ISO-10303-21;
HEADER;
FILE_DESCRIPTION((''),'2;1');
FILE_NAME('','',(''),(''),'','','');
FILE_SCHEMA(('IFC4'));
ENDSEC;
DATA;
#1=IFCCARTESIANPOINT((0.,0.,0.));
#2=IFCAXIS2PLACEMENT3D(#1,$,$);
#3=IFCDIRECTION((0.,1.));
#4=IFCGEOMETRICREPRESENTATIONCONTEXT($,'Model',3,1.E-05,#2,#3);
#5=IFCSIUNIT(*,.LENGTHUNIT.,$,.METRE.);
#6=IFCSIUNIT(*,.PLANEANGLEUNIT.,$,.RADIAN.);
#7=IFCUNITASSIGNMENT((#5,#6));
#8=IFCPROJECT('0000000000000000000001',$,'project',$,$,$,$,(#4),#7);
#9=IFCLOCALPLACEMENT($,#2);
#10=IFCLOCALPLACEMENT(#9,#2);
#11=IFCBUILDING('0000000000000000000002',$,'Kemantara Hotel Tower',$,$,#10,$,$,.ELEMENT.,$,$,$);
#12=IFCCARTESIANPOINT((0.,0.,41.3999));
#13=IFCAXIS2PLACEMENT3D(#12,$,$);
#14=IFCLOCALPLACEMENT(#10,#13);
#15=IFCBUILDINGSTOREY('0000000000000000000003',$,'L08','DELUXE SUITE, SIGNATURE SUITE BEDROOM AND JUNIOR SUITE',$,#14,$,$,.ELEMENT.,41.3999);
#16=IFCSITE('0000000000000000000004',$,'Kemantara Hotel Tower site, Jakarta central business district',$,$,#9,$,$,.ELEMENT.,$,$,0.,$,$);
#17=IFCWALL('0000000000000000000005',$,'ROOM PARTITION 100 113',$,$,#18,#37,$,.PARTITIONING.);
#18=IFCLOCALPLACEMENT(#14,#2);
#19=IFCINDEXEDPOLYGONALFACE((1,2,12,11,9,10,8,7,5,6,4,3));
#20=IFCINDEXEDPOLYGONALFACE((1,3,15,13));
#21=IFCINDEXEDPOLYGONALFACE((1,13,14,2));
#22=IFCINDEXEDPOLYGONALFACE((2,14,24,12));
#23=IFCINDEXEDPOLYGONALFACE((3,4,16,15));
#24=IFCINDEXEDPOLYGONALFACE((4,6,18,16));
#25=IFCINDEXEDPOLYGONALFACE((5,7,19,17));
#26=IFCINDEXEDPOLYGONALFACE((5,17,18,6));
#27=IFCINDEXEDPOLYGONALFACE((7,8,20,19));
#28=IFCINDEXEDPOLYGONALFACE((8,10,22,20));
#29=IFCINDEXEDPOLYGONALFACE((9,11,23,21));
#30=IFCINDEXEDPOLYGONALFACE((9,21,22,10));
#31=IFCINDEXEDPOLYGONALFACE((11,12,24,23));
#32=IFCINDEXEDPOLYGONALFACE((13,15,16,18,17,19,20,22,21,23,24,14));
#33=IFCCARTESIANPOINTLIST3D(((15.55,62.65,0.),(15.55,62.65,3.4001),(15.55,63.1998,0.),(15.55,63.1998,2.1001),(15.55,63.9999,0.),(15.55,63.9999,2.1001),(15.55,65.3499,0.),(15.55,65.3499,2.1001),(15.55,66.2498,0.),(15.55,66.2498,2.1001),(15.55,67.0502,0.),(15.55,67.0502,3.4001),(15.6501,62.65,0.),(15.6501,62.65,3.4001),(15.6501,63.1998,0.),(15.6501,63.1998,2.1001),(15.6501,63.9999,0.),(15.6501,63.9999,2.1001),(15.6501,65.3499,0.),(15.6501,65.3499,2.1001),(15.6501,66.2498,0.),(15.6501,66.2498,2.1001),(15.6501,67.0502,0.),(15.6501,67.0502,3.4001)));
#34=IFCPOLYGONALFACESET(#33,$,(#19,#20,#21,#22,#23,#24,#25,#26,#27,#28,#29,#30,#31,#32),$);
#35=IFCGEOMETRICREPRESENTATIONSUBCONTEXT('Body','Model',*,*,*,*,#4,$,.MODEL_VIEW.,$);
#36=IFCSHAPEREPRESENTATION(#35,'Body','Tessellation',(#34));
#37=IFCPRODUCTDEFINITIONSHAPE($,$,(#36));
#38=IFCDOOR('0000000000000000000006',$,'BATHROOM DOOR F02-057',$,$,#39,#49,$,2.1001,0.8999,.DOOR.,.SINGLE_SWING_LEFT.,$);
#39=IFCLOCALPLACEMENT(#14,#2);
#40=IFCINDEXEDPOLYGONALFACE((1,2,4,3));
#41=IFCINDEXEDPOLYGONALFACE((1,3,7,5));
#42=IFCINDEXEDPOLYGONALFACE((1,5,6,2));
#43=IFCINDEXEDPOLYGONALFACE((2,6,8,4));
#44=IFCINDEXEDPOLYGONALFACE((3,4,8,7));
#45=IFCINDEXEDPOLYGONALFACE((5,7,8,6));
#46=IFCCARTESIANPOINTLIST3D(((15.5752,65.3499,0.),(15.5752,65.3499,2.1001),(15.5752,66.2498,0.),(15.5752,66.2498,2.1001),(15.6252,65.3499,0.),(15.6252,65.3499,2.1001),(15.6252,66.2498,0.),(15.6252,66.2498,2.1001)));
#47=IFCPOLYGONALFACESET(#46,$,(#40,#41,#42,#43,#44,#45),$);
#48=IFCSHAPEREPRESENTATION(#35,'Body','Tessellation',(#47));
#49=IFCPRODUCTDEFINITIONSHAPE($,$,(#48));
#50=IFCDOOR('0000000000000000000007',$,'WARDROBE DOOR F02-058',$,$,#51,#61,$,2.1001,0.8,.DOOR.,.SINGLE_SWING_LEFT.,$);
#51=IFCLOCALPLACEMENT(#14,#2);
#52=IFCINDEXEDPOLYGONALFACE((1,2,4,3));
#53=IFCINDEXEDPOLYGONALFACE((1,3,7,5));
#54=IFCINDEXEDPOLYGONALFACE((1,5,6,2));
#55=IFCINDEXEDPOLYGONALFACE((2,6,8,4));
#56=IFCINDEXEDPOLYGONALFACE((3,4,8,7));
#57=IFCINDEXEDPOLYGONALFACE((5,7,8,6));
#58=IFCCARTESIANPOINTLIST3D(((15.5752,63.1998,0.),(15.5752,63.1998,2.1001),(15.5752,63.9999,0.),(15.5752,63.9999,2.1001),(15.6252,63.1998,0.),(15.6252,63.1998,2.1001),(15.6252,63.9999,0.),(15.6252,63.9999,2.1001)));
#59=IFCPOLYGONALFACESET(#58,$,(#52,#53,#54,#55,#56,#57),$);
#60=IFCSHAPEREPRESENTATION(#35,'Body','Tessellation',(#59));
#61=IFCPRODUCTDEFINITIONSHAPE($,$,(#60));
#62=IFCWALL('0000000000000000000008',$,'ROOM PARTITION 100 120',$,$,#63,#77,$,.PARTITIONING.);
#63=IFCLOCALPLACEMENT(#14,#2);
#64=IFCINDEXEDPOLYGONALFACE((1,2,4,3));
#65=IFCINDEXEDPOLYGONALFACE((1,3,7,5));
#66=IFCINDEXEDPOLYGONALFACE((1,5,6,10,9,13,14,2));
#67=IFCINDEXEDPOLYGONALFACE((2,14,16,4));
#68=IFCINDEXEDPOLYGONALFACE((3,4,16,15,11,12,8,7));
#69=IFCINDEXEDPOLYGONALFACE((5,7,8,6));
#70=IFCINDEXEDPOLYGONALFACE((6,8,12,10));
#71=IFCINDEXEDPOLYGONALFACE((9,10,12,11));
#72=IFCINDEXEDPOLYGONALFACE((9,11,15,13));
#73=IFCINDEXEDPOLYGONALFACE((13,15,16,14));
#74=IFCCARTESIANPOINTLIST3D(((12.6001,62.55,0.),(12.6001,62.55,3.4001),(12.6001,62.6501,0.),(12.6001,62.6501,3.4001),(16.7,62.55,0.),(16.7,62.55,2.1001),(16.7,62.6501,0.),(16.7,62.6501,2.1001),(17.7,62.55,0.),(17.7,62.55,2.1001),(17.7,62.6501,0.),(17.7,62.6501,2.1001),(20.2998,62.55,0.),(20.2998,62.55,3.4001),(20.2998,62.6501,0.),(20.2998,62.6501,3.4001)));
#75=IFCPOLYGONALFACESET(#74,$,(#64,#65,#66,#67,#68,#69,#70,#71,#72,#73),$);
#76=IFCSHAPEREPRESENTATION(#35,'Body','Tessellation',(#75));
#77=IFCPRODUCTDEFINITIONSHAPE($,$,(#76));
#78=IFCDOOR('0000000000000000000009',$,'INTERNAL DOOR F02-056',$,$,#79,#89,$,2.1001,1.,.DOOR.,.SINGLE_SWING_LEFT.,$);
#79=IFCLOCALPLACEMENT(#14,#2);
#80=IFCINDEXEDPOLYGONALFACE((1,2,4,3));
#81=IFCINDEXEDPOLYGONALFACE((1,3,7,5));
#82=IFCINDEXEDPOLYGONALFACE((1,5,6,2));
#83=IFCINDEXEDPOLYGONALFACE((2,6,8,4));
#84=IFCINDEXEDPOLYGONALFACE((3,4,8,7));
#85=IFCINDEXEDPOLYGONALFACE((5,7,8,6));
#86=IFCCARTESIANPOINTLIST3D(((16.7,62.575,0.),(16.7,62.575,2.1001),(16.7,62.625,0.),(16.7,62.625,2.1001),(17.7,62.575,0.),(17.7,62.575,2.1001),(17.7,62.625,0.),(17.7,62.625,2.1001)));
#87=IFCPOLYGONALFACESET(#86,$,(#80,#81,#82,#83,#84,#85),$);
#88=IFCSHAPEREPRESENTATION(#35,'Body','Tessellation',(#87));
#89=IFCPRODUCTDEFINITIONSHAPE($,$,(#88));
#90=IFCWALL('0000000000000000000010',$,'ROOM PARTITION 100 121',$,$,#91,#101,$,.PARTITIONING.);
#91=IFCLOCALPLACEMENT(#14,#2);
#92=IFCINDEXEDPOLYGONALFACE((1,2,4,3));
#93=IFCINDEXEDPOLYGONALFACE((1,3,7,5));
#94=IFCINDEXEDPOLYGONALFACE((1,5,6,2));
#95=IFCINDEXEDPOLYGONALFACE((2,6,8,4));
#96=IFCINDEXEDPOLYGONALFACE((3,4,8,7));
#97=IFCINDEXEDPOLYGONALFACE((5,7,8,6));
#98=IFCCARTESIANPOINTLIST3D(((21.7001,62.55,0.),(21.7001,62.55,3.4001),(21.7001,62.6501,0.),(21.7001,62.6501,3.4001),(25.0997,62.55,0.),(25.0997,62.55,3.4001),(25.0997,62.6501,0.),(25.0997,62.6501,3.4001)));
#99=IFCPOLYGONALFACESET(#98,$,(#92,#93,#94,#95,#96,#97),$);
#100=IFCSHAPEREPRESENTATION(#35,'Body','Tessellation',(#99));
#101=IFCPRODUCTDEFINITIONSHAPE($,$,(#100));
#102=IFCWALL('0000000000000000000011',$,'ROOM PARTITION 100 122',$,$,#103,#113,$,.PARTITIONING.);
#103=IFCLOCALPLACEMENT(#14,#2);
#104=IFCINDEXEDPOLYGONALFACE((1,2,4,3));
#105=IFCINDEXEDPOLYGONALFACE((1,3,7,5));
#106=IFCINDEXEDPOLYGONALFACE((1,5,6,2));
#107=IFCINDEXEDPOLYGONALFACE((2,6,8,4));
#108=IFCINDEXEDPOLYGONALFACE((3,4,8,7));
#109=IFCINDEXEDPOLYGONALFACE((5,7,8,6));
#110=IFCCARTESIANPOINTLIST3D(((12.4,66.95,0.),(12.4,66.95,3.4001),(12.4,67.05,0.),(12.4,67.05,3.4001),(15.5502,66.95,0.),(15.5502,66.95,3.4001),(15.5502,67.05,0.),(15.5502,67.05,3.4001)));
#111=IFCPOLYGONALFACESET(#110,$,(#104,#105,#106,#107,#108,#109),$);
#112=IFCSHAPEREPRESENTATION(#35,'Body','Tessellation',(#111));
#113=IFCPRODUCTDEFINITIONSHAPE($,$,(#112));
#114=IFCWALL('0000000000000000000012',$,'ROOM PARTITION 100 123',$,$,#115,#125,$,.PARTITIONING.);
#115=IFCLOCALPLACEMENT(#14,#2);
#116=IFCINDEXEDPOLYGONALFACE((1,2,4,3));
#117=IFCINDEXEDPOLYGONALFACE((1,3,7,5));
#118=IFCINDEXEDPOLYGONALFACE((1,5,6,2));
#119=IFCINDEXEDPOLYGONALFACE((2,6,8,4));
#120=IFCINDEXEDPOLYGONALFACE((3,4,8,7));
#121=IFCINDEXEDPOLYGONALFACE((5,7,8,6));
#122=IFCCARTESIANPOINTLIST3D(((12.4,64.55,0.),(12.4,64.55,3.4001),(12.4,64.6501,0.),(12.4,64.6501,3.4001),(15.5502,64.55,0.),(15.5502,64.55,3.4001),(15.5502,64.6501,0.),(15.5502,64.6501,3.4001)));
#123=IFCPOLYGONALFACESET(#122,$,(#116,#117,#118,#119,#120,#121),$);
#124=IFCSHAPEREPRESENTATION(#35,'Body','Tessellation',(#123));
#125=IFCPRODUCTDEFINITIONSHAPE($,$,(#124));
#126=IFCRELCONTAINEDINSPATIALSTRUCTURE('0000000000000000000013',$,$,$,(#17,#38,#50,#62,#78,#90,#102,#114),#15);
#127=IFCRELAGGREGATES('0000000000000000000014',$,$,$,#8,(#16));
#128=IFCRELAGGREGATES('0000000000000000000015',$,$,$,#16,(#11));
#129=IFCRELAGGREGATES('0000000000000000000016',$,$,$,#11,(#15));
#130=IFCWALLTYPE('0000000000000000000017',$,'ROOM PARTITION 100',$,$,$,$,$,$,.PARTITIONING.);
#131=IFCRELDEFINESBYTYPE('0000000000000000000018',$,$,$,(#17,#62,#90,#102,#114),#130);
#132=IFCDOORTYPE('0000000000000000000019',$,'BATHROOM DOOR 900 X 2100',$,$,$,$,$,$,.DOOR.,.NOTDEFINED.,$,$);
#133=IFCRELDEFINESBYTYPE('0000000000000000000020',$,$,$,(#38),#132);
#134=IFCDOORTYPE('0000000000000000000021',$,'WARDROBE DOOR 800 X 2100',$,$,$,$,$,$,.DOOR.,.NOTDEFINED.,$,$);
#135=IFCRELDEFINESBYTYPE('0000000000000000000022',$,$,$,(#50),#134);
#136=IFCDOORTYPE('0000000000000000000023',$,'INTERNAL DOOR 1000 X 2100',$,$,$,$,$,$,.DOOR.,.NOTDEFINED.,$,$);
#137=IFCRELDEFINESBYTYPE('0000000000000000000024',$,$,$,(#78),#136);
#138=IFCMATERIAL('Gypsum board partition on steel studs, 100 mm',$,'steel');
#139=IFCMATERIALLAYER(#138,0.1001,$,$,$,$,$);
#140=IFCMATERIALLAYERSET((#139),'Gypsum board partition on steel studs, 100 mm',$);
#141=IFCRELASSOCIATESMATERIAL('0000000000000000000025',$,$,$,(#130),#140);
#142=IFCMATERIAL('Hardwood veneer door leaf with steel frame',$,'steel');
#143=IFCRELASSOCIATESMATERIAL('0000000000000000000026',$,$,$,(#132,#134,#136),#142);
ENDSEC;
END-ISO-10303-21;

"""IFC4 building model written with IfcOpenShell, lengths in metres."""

from ifc_helpers import new_model, si_unit, direction, frame, frame_2d, origin, place, context, subcontext, project, spatial, rectangle, extrude, material, layer, layer_set, type_object, element, fill, save


model = new_model("IFC4")

# Units and contexts
model_context = context("Model", 3, precision=1e-05, world=origin(), true_north=direction((0.0, 1.0)))
body_context = subcontext(model_context, "Body", "Model", "MODEL_VIEW")
ifc_project = project(units=[si_unit("LENGTHUNIT", "METRE"), si_unit("PLANEANGLEUNIT", "RADIAN")], contexts=[model_context])

# Site, building, storey
site_placement = place(None, origin())
site = spatial("IfcSite", under=ifc_project, at=site_placement, Name="Kemantara Hotel Tower site, Jakarta central business district", CompositionType="ELEMENT", RefElevation=0.0)
building_placement = place(site_placement, origin())
building = spatial("IfcBuilding", under=site, at=building_placement, Name="Kemantara Hotel Tower", CompositionType="ELEMENT")
storey_placement = place(building_placement, frame((0.0, 0.0, 41.3999)))
storey = spatial("IfcBuildingStorey", under=building, at=storey_placement, Name="L08", Description="DELUXE SUITE, SIGNATURE SUITE BEDROOM AND JUNIOR SUITE", CompositionType="ELEMENT", Elevation=41.3999)

# Shared definitions
ifc_material_1 = material(Name="Hardwood veneer door leaf with steel frame", Category="steel")

# Wall, openings, doors
ifc_material_2 = material(Name="Gypsum board partition on steel studs, 100 mm", Category="steel")
ifc_layer_1 = layer(ifc_material_2, 0.1001)
ifc_layer_set_1 = layer_set([ifc_layer_1], Name="Gypsum board partition on steel studs, 100 mm")
wall_type_1 = type_object("IfcWallType", Name="ROOM PARTITION 100", PredefinedType="PARTITIONING", material=ifc_layer_set_1)
wall_1_placement = place(storey_placement, frame((15.6001, 62.6499, 0.0), z_axis=(0.0, 0.0, 1.0), x_axis=(0.0, 1.0, 0.0)))
wall_1 = element("IfcWall", 1, at=wall_1_placement, inside=storey, type_object=wall_type_1, Name="ROOM PARTITION 100 113", PredefinedType="PARTITIONING", context=body_context, shape_type="SweptSolid", body=[
    extrude(rectangle(XDim=4.4001, YDim=0.1001, at=frame_2d((2.2002, 0.0))), origin(), (0.0, 0.0, 1.0), 3.4001),
])
opening_1_placement = place(wall_1_placement, frame((2.7, 0.0, 0.0)))
opening_1 = element("IfcOpeningElement", 2, at=opening_1_placement, cuts=wall_1, PredefinedType="OPENING", context=body_context, shape_type="SweptSolid", body=[
    extrude(rectangle(XDim=0.8999, YDim=2.1001, at=frame_2d((0.45, 1.05))), frame((0.0, 0.0601, 0.0), z_axis=(0.0, -1.0, 0.0), x_axis=(1.0, 0.0, 0.0)), (0.0, 0.0, 1.0), 0.1201),
])
opening_2_placement = place(wall_1_placement, frame((0.55, 0.0, 0.0)))
opening_2 = element("IfcOpeningElement", 3, at=opening_2_placement, cuts=wall_1, PredefinedType="OPENING", context=body_context, shape_type="SweptSolid", body=[
    extrude(rectangle(XDim=0.8, YDim=2.1001, at=frame_2d((0.3999, 1.05))), frame((0.0, 0.0601, 0.0), z_axis=(0.0, -1.0, 0.0), x_axis=(1.0, 0.0, 0.0)), (0.0, 0.0, 1.0), 0.1201),
])
door_type_1 = type_object("IfcDoorType", Name="BATHROOM DOOR 900 X 2100", OperationType="NOTDEFINED", PredefinedType="DOOR", material=ifc_material_1)
door_1_placement = place(opening_1_placement, origin())
door_1 = element("IfcDoor", 4, at=door_1_placement, inside=storey, type_object=door_type_1, Name="BATHROOM DOOR F02-057", OperationType="SINGLE_SWING_LEFT", OverallHeight=2.1001, OverallWidth=0.8999, PredefinedType="DOOR", context=body_context, shape_type="SweptSolid", body=[
    extrude(rectangle(XDim=0.8999, YDim=2.1001, at=frame_2d((0.45, 1.05))), frame((0.0, 0.0249, 0.0), z_axis=(0.0, -1.0, 0.0), x_axis=(1.0, 0.0, 0.0)), (0.0, 0.0, 1.0), 0.05),
])
fill(opening_1, door_1)
door_type_2 = type_object("IfcDoorType", Name="WARDROBE DOOR 800 X 2100", OperationType="NOTDEFINED", PredefinedType="DOOR", material=ifc_material_1)
door_2_placement = place(opening_2_placement, origin())
door_2 = element("IfcDoor", 5, at=door_2_placement, inside=storey, type_object=door_type_2, Name="WARDROBE DOOR F02-058", OperationType="SINGLE_SWING_LEFT", OverallHeight=2.1001, OverallWidth=0.8, PredefinedType="DOOR", context=body_context, shape_type="SweptSolid", body=[
    extrude(rectangle(XDim=0.8, YDim=2.1001, at=frame_2d((0.3999, 1.05))), frame((0.0, 0.0249, 0.0), z_axis=(0.0, -1.0, 0.0), x_axis=(1.0, 0.0, 0.0)), (0.0, 0.0, 1.0), 0.05),
])
fill(opening_2, door_2)

# Wall, opening, door
wall_2_placement = place(storey_placement, frame((12.6001, 62.6001, 0.0), z_axis=(0.0, 0.0, 1.0), x_axis=(1.0, 0.0, 0.0)))
wall_2 = element("IfcWall", 6, at=wall_2_placement, inside=storey, type_object=wall_type_1, Name="ROOM PARTITION 100 120", PredefinedType="PARTITIONING", context=body_context, shape_type="SweptSolid", body=[
    extrude(rectangle(XDim=7.6997, YDim=0.1001, at=frame_2d((3.8499, 0.0))), origin(), (0.0, 0.0, 1.0), 3.4001),
])
opening_3_placement = place(wall_2_placement, frame((4.0999, 0.0, 0.0)))
opening_3 = element("IfcOpeningElement", 7, at=opening_3_placement, cuts=wall_2, PredefinedType="OPENING", context=body_context, shape_type="SweptSolid", body=[
    extrude(rectangle(XDim=1.0, YDim=2.1001, at=frame_2d((0.5, 1.05))), frame((0.0, 0.0601, 0.0), z_axis=(0.0, -1.0, 0.0), x_axis=(1.0, 0.0, 0.0)), (0.0, 0.0, 1.0), 0.1201),
])
door_type_3 = type_object("IfcDoorType", Name="INTERNAL DOOR 1000 X 2100", OperationType="NOTDEFINED", PredefinedType="DOOR", material=ifc_material_1)
door_3_placement = place(opening_3_placement, origin())
door_3 = element("IfcDoor", 8, at=door_3_placement, inside=storey, type_object=door_type_3, Name="INTERNAL DOOR F02-056", OperationType="SINGLE_SWING_LEFT", OverallHeight=2.1001, OverallWidth=1.0, PredefinedType="DOOR", context=body_context, shape_type="SweptSolid", body=[
    extrude(rectangle(XDim=1.0, YDim=2.1001, at=frame_2d((0.5, 1.05))), frame((0.0, 0.0249, 0.0), z_axis=(0.0, -1.0, 0.0), x_axis=(1.0, 0.0, 0.0)), (0.0, 0.0, 1.0), 0.05),
])
fill(opening_3, door_3)

# Walls
wall_3_placement = place(storey_placement, frame((21.7002, 62.6001, 0.0), z_axis=(0.0, 0.0, 1.0), x_axis=(1.0, 0.0, 0.0)))
element("IfcWall", 9, at=wall_3_placement, inside=storey, type_object=wall_type_1, Name="ROOM PARTITION 100 121", PredefinedType="PARTITIONING", context=body_context, shape_type="SweptSolid", body=[
    extrude(rectangle(XDim=3.3997, YDim=0.1001, at=frame_2d((1.6997, 0.0))), origin(), (0.0, 0.0, 1.0), 3.4001),
])
for number, where, z_axis, x_axis, name in (
    (10, (12.3999, 67.0, 0.0), (0.0, 0.0, 1.0), (1.0, 0.0, 0.0), "ROOM PARTITION 100 122"),
    (11, (12.3999, 64.6001, 0.0), (0.0, 0.0, 1.0), (1.0, 0.0, 0.0), "ROOM PARTITION 100 123"),
):
    element("IfcWall", number, at=place(storey_placement, frame(where, z_axis=z_axis, x_axis=x_axis)), inside=storey, type_object=wall_type_1, Name=name, PredefinedType="PARTITIONING", context=body_context, shape_type="SweptSolid", body=[
        extrude(rectangle(XDim=3.1501, YDim=0.1001, at=frame_2d((1.5752, 0.0))), origin(), (0.0, 0.0, 1.0), 3.4001),
    ])

save(model, "model.ifc")
